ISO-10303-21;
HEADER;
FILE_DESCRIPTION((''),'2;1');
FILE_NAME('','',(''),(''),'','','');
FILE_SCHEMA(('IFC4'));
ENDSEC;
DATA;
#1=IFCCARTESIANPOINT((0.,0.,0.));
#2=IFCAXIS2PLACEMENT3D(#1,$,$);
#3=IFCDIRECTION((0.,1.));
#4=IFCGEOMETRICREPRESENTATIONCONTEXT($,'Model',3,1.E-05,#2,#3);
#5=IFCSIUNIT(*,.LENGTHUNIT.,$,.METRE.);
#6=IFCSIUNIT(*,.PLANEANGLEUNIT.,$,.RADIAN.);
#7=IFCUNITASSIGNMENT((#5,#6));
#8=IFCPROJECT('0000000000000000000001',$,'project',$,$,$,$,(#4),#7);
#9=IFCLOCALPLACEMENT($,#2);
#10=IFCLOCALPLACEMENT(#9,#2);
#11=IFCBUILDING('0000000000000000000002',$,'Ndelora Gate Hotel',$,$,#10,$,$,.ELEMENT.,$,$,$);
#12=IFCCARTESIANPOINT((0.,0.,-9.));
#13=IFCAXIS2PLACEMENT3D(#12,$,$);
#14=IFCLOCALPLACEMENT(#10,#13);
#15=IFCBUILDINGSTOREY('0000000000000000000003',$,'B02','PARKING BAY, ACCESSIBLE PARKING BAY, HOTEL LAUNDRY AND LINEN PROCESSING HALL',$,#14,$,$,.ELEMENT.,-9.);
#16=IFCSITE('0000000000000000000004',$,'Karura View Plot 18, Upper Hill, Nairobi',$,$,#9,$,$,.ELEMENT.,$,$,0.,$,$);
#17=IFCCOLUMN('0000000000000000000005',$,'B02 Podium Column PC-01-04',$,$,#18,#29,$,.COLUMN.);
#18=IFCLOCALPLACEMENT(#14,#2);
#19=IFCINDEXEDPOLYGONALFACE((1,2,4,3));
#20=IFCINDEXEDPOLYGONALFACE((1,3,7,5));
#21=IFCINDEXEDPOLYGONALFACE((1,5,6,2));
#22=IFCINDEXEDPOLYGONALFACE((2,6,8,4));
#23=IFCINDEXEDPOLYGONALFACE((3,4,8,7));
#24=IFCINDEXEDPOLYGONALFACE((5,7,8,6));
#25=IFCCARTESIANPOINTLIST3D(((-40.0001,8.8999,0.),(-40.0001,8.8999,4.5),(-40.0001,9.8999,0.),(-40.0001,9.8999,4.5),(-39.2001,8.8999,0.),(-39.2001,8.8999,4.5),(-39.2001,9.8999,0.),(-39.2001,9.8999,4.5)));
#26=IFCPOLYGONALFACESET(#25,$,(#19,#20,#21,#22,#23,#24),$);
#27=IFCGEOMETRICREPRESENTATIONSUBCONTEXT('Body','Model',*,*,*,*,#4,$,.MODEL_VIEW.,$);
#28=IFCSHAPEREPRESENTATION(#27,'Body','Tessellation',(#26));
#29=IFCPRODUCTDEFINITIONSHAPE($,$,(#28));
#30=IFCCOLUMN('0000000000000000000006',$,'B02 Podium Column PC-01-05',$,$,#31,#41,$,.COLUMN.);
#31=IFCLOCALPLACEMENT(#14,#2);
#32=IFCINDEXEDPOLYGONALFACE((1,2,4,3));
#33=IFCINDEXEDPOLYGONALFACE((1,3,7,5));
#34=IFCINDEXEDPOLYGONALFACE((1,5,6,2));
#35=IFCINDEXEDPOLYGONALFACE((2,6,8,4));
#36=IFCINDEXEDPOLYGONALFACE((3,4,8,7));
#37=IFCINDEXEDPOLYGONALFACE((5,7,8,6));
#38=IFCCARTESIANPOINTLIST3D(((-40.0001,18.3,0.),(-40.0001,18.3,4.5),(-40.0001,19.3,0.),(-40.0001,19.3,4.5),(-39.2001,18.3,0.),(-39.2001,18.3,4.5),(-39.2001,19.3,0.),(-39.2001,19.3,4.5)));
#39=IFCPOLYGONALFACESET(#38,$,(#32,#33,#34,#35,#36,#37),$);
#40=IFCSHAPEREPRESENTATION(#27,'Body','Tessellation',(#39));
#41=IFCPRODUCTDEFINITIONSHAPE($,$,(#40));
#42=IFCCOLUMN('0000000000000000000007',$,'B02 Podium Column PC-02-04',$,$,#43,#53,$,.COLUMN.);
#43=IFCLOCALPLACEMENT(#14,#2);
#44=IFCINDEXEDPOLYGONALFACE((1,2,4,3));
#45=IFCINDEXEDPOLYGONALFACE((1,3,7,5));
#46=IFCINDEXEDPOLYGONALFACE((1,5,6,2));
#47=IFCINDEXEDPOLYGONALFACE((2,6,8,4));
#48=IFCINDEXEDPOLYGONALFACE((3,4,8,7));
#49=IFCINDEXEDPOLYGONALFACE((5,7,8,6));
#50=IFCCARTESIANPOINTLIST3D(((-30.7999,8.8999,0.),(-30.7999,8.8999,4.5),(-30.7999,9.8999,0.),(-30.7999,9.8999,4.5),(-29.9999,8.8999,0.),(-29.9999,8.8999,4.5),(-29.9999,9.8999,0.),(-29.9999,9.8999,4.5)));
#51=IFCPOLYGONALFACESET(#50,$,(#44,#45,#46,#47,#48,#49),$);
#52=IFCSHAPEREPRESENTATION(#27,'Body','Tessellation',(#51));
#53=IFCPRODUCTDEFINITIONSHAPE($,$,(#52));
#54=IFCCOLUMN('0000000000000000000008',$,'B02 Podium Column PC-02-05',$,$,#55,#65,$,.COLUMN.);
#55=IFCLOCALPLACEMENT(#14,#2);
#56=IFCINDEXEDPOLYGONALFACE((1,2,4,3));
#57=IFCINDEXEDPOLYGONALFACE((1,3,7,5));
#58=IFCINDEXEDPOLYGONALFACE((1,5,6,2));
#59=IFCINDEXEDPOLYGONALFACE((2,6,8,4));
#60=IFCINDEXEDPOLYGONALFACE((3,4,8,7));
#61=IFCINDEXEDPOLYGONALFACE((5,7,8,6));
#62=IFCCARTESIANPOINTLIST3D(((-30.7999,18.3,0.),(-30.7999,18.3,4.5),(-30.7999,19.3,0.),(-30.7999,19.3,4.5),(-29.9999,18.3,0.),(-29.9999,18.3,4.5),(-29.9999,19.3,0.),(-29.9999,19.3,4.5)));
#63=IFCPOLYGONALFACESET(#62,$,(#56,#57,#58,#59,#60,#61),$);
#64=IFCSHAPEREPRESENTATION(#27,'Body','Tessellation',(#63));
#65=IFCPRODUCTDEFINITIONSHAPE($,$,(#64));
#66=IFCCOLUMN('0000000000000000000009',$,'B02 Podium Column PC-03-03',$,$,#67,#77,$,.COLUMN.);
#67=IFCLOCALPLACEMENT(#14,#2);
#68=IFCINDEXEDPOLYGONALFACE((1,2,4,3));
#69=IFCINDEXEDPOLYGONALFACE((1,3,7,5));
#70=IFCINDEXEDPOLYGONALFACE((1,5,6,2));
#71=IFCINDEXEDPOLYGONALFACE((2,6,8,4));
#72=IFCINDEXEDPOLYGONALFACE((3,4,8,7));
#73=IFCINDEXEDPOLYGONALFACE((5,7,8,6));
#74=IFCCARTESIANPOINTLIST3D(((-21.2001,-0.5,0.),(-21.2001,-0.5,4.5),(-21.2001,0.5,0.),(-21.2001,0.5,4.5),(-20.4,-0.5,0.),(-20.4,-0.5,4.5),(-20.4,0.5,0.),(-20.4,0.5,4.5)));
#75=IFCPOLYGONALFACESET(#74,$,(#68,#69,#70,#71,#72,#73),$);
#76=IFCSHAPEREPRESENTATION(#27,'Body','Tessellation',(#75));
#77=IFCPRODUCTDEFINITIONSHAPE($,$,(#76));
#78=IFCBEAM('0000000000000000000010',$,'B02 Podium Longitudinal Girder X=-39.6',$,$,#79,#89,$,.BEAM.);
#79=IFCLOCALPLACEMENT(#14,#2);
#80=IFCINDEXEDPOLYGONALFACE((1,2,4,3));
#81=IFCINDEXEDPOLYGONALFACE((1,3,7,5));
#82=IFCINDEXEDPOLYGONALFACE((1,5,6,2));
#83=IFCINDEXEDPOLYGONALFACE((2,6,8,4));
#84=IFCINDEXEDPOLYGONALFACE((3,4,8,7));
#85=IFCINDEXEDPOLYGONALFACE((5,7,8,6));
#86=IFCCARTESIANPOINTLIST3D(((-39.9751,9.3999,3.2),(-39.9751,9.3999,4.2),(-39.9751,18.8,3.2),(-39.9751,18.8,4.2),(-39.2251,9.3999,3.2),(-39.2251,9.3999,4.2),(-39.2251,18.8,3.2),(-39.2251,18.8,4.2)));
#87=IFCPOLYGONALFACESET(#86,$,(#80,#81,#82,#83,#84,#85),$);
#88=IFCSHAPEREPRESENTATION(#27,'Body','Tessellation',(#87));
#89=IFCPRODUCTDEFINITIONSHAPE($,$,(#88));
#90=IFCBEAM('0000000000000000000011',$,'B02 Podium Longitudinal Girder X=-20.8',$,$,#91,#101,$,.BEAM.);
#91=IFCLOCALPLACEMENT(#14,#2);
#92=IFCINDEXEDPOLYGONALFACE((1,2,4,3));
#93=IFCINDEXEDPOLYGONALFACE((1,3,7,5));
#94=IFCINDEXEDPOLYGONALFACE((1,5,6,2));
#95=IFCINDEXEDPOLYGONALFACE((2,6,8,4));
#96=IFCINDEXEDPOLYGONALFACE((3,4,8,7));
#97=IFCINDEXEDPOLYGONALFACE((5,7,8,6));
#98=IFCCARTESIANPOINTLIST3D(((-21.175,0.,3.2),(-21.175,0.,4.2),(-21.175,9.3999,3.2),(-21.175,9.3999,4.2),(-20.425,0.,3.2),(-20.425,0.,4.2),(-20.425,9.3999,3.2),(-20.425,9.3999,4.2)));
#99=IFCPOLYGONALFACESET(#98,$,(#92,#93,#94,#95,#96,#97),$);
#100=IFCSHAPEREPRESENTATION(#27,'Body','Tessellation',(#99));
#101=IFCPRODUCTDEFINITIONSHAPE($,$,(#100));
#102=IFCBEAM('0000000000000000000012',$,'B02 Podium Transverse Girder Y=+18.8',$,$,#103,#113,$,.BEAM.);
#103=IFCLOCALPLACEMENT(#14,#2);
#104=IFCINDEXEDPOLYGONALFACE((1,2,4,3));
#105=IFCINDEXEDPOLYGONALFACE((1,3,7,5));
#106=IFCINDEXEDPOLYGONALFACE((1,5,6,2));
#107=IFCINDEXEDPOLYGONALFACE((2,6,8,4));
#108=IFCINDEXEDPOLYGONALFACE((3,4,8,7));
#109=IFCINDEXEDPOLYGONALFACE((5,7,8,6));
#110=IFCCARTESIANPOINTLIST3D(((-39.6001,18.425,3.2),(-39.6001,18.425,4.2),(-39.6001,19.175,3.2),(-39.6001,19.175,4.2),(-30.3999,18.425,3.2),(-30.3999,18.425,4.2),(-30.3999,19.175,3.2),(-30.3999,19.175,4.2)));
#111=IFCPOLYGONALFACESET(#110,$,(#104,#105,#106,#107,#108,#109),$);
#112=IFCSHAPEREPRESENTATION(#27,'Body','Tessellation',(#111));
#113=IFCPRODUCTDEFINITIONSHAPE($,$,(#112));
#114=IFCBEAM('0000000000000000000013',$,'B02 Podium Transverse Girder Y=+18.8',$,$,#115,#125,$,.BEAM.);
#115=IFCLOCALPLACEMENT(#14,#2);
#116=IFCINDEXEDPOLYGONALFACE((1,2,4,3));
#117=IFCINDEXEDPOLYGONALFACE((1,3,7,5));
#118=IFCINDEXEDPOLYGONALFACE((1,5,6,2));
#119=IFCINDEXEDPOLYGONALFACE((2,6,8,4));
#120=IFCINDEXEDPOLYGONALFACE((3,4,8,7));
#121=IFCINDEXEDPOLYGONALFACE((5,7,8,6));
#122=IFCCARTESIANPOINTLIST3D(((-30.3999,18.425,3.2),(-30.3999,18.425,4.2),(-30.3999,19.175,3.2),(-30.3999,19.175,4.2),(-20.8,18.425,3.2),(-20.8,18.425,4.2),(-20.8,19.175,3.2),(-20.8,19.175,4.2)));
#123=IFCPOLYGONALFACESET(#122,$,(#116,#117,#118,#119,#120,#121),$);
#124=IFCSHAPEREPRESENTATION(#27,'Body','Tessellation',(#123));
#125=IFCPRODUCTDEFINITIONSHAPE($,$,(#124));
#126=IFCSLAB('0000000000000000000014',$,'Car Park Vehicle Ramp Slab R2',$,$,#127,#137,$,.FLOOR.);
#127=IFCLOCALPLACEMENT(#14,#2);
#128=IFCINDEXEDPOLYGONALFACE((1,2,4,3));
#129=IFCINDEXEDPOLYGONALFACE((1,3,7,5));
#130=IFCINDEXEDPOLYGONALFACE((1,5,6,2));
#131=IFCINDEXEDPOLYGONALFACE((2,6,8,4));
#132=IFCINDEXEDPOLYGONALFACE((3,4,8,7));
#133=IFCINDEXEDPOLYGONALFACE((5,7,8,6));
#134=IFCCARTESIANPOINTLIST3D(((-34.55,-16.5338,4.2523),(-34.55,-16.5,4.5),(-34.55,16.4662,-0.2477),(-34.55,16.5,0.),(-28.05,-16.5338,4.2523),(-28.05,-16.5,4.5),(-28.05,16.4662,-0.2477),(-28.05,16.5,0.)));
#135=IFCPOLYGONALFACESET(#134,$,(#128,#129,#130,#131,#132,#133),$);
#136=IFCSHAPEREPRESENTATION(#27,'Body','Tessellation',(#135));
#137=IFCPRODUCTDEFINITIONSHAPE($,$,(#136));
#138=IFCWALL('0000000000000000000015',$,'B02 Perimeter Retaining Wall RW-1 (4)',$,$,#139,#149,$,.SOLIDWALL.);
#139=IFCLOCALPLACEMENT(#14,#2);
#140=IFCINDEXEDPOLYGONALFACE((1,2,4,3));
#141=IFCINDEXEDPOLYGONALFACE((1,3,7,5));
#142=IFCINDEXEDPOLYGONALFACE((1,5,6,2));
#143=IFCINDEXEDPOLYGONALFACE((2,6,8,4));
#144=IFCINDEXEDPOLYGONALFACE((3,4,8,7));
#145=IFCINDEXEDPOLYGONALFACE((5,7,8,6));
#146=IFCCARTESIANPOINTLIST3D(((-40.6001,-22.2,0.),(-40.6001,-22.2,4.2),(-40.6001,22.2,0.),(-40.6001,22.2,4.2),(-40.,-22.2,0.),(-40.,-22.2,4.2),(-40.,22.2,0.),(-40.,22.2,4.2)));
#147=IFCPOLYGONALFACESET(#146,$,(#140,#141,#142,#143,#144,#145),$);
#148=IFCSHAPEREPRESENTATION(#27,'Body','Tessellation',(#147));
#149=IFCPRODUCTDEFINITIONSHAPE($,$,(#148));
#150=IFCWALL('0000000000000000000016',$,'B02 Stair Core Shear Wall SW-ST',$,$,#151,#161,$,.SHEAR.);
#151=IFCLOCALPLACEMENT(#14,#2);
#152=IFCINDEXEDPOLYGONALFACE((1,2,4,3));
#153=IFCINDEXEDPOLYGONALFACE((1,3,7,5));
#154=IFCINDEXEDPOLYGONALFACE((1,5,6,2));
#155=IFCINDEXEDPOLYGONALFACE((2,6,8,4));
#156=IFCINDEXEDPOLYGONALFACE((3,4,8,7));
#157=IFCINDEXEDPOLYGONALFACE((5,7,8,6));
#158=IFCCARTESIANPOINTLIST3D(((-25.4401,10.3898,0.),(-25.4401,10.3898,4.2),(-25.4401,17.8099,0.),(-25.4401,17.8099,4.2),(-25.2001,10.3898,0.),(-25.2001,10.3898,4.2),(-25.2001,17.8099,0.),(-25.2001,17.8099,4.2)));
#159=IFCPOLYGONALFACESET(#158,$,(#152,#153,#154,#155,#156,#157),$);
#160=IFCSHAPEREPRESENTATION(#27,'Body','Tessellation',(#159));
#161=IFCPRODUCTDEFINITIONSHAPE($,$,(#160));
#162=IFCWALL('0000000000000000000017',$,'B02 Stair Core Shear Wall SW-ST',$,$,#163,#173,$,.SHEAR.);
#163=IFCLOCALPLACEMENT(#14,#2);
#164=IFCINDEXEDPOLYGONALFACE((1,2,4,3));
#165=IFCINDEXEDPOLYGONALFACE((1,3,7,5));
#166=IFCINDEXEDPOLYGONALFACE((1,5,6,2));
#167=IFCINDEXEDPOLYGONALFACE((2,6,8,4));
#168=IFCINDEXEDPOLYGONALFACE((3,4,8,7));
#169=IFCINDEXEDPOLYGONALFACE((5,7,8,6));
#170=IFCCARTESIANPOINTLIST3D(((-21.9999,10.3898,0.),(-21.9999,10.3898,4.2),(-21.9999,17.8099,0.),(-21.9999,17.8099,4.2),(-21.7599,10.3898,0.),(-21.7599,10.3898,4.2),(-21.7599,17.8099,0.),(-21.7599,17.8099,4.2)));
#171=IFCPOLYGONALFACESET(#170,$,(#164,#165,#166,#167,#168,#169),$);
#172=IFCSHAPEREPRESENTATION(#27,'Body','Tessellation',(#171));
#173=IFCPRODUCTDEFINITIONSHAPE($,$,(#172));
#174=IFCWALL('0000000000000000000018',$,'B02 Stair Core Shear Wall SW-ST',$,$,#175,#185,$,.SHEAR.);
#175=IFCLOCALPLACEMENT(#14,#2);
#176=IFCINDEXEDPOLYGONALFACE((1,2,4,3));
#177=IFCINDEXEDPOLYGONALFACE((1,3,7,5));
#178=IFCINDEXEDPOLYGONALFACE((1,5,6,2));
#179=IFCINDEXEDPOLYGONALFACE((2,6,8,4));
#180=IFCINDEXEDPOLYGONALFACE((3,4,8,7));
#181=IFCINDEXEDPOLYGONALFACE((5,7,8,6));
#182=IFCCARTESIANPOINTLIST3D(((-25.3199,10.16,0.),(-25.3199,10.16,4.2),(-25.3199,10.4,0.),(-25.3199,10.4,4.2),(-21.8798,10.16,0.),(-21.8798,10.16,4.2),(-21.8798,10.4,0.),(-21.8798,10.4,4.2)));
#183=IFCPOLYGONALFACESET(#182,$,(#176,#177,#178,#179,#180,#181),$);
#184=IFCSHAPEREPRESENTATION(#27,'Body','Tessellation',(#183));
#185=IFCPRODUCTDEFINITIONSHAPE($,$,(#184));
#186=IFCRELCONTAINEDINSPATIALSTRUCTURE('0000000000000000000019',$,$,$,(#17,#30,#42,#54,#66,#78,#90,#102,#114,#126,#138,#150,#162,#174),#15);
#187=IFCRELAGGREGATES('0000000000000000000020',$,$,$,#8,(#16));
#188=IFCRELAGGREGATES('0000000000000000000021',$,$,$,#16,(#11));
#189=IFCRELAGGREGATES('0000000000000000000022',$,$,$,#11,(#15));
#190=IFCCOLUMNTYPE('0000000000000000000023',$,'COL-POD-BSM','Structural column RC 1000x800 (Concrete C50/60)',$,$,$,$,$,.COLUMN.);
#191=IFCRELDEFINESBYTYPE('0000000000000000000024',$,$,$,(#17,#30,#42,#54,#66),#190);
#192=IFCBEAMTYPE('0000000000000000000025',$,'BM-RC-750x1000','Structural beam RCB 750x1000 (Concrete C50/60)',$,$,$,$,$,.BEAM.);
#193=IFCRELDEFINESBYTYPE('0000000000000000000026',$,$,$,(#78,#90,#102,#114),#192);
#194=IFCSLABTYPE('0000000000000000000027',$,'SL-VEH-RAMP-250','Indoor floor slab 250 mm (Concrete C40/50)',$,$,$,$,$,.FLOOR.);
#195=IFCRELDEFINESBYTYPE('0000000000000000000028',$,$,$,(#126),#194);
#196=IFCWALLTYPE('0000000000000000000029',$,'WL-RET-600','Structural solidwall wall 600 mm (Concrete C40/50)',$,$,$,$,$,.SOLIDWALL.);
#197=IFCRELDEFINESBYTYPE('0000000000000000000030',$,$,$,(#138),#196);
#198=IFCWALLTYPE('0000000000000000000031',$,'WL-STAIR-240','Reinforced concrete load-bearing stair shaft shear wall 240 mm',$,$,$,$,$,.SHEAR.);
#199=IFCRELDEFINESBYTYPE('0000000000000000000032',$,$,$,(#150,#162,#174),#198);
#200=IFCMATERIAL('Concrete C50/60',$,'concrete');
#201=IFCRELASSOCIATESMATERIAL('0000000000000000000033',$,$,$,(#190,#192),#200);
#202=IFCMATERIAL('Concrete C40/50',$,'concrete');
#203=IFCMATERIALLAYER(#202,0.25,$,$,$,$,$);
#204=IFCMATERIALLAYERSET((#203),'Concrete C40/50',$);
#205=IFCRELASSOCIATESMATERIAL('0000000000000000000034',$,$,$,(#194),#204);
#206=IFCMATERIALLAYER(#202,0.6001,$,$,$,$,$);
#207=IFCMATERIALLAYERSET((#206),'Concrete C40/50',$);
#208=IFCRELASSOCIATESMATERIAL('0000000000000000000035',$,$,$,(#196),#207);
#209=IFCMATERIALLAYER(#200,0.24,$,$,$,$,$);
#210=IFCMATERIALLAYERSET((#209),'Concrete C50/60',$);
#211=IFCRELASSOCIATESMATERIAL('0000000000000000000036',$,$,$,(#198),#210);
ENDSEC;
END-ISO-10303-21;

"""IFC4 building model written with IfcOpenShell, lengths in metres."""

from ifc_helpers import new_model, si_unit, direction, frame, frame_2d, origin, origin_2d, place, context, subcontext, project, spatial, polyline, rectangle, outline, extrude, material, layer, layer_set, material_profile, profile_set, type_object, element, save


model = new_model("IFC4")

# Units and contexts
model_context = context("Model", 3, precision=1e-05, world=origin(), true_north=direction((0.0, 1.0)))
body_context = subcontext(model_context, "Body", "Model", "MODEL_VIEW")
ifc_project = project(units=[si_unit("LENGTHUNIT", "METRE"), si_unit("PLANEANGLEUNIT", "RADIAN")], contexts=[model_context])

# Site, building, storey
site_placement = place(None, origin())
site = spatial("IfcSite", under=ifc_project, at=site_placement, Name="Karura View Plot 18, Upper Hill, Nairobi", CompositionType="ELEMENT", RefElevation=0.0)
building_placement = place(site_placement, origin())
building = spatial("IfcBuilding", under=site, at=building_placement, Name="Ndelora Gate Hotel", CompositionType="ELEMENT")
storey_placement = place(building_placement, frame((0.0, 0.0, -9.0)))
storey = spatial("IfcBuildingStorey", under=building, at=storey_placement, Name="B02", Description="PARKING BAY, ACCESSIBLE PARKING BAY, HOTEL LAUNDRY AND LINEN PROCESSING HALL", CompositionType="ELEMENT", Elevation=-9.0)

# Columns
ifc_material_1 = material(Name="Concrete C50/60", Category="concrete")
ifc_material_profile_1 = material_profile(ifc_material_1, rectangle(XDim=0.8, YDim=1.0, at=origin_2d()), Name="RC 1000x800")
ifc_profile_set_1 = profile_set([ifc_material_profile_1], Name="Concrete C50/60")
column_type = type_object("IfcColumnType", Name="COL-POD-BSM", Description="Structural column RC 1000x800 (Concrete C50/60)", PredefinedType="COLUMN", material=ifc_profile_set_1)
for number, where, z_axis, x_axis, name in (
    (1, (-39.6001, 9.3999, 0.0), (0.0, 0.0, 1.0), (1.0, 0.0, 0.0), "B02 Podium Column PC-01-04"),
    (2, (-39.6001, 18.8, 0.0), (0.0, 0.0, 1.0), (1.0, 0.0, 0.0), "B02 Podium Column PC-01-05"),
    (3, (-30.3999, 9.3999, 0.0), (0.0, 0.0, 1.0), (1.0, 0.0, 0.0), "B02 Podium Column PC-02-04"),
    (4, (-30.3999, 18.8, 0.0), (0.0, 0.0, 1.0), (1.0, 0.0, 0.0), "B02 Podium Column PC-02-05"),
    (5, (-20.8, 0.0, 0.0), (0.0, 0.0, 1.0), (1.0, 0.0, 0.0), "B02 Podium Column PC-03-03"),
):
    element("IfcColumn", number, at=place(storey_placement, frame(where, z_axis=z_axis, x_axis=x_axis)), inside=storey, type_object=column_type, Name=name, PredefinedType="COLUMN", context=body_context, shape_type="SweptSolid", body=[
        extrude(rectangle(XDim=0.8, YDim=1.0, at=origin_2d()), origin(), (0.0, 0.0, 1.0), 4.5),
    ])

# Beams
ifc_material_profile_2 = material_profile(ifc_material_1, rectangle(XDim=0.75, YDim=1.0, at=origin_2d()), Name="RCB 750x1000")
ifc_profile_set_2 = profile_set([ifc_material_profile_2], Name="Concrete C50/60")
beam_type = type_object("IfcBeamType", Name="BM-RC-750x1000", Description="Structural beam RCB 750x1000 (Concrete C50/60)", PredefinedType="BEAM", material=ifc_profile_set_2)
beam_1_placement = place(storey_placement, frame((-39.6001, 9.3999, 3.7), z_axis=(0.0, 1.0, 0.0), x_axis=(-1.0, 0.0, 0.0)))
element("IfcBeam", 6, at=beam_1_placement, inside=storey, type_object=beam_type, Name="B02 Podium Longitudinal Girder X=-39.6", PredefinedType="BEAM", context=body_context, shape_type="SweptSolid", body=[
    extrude(rectangle(XDim=0.75, YDim=1.0, at=origin_2d()), origin(), (0.0, 0.0, 1.0), 9.4001),
])
beam_2_placement = place(storey_placement, frame((-20.8, 0.0, 3.7), z_axis=(0.0, 1.0, 0.0), x_axis=(-1.0, 0.0, 0.0)))
element("IfcBeam", 7, at=beam_2_placement, inside=storey, type_object=beam_type, Name="B02 Podium Longitudinal Girder X=-20.8", PredefinedType="BEAM", context=body_context, shape_type="SweptSolid", body=[
    extrude(rectangle(XDim=0.75, YDim=1.0, at=origin_2d()), origin(), (0.0, 0.0, 1.0), 9.3999),
])
beam_3_placement = place(storey_placement, frame((-39.6001, 18.8, 3.7), z_axis=(1.0, 0.0, 0.0), x_axis=(0.0, 1.0, 0.0)))
element("IfcBeam", 8, at=beam_3_placement, inside=storey, type_object=beam_type, Name="B02 Podium Transverse Girder Y=+18.8", PredefinedType="BEAM", context=body_context, shape_type="SweptSolid", body=[
    extrude(rectangle(XDim=0.75, YDim=1.0, at=origin_2d()), origin(), (0.0, 0.0, 1.0), 9.2002),
])
beam_4_placement = place(storey_placement, frame((-30.3999, 18.8, 3.7), z_axis=(1.0, 0.0, 0.0), x_axis=(0.0, 1.0, 0.0)))
element("IfcBeam", 9, at=beam_4_placement, inside=storey, type_object=beam_type, Name="B02 Podium Transverse Girder Y=+18.8", PredefinedType="BEAM", context=body_context, shape_type="SweptSolid", body=[
    extrude(rectangle(XDim=0.75, YDim=1.0, at=origin_2d()), origin(), (0.0, 0.0, 1.0), 9.5999),
])

# Slab
ifc_material_2 = material(Name="Concrete C40/50", Category="concrete")
ifc_layer_1 = layer(ifc_material_2, 0.25)
ifc_layer_set_1 = layer_set([ifc_layer_1], Name="Concrete C40/50")
slab_type = type_object("IfcSlabType", Name="SL-VEH-RAMP-250", Description="Indoor floor slab 250 mm (Concrete C40/50)", PredefinedType="FLOOR", material=ifc_layer_set_1)
slab_placement = place(storey_placement, frame((-34.55, 16.5, 0.0), z_axis=(0.0, 0.135113, 0.99083), x_axis=(1.0, 0.0, 0.0)))
element("IfcSlab", 10, at=slab_placement, inside=storey, type_object=slab_type, Name="Car Park Vehicle Ramp Slab R2", PredefinedType="FLOOR", context=body_context, shape_type="SweptSolid", body=[
    extrude(outline(polyline([(0.0, 0.0), (6.5, 0.0), (6.5, -33.3054), (0.0, -33.3054), (0.0, 0.0)])), origin(), (0.0, 0.0, -1.0), 0.25),
])

# Walls
ifc_layer_2 = layer(ifc_material_2, 0.6001)
ifc_layer_set_2 = layer_set([ifc_layer_2], Name="Concrete C40/50")
wall_type_1 = type_object("IfcWallType", Name="WL-RET-600", Description="Structural solidwall wall 600 mm (Concrete C40/50)", PredefinedType="SOLIDWALL", material=ifc_layer_set_2)
wall_1_placement = place(storey_placement, frame((-40.3, 22.2, 0.0), z_axis=(0.0, 0.0, 1.0), x_axis=(0.0, -1.0, 0.0)))
element("IfcWall", 11, at=wall_1_placement, inside=storey, type_object=wall_type_1, Name="B02 Perimeter Retaining Wall RW-1 (4)", PredefinedType="SOLIDWALL", context=body_context, shape_type="SweptSolid", body=[
    extrude(rectangle(XDim=44.3999, YDim=0.6001, at=frame_2d((22.2, 0.0))), origin(), (0.0, 0.0, 1.0), 4.2),
])
ifc_layer_3 = layer(ifc_material_1, 0.24)
ifc_layer_set_3 = layer_set([ifc_layer_3], Name="Concrete C50/60")
wall_type_2 = type_object("IfcWallType", Name="WL-STAIR-240", Description="Reinforced concrete load-bearing stair shaft shear wall 240 mm", PredefinedType="SHEAR", material=ifc_layer_set_3)
for number, where, z_axis, x_axis, name in (
    (12, (-25.3201, 10.3899, 0.0), (0.0, 0.0, 1.0), (0.0, 1.0, 0.0), "B02 Stair Core Shear Wall SW-ST"),
    (13, (-21.8799, 10.3899, 0.0), (0.0, 0.0, 1.0), (0.0, 1.0, 0.0), "B02 Stair Core Shear Wall SW-ST"),
):
    element("IfcWall", number, at=place(storey_placement, frame(where, z_axis=z_axis, x_axis=x_axis)), inside=storey, type_object=wall_type_2, Name=name, PredefinedType="SHEAR", context=body_context, shape_type="SweptSolid", body=[
        extrude(rectangle(XDim=7.4202, YDim=0.24, at=frame_2d((3.71, 0.0))), origin(), (0.0, 0.0, 1.0), 4.2),
    ])
wall_2_placement = place(storey_placement, frame((-25.3201, 10.28, 0.0), z_axis=(0.0, 0.0, 1.0), x_axis=(1.0, 0.0, 0.0)))
element("IfcWall", 14, at=wall_2_placement, inside=storey, type_object=wall_type_2, Name="B02 Stair Core Shear Wall SW-ST", PredefinedType="SHEAR", context=body_context, shape_type="SweptSolid", body=[
    extrude(rectangle(XDim=3.4402, YDim=0.24, at=frame_2d((1.7202, 0.0))), origin(), (0.0, 0.0, 1.0), 4.2),
])

save(model, "model.ifc")
